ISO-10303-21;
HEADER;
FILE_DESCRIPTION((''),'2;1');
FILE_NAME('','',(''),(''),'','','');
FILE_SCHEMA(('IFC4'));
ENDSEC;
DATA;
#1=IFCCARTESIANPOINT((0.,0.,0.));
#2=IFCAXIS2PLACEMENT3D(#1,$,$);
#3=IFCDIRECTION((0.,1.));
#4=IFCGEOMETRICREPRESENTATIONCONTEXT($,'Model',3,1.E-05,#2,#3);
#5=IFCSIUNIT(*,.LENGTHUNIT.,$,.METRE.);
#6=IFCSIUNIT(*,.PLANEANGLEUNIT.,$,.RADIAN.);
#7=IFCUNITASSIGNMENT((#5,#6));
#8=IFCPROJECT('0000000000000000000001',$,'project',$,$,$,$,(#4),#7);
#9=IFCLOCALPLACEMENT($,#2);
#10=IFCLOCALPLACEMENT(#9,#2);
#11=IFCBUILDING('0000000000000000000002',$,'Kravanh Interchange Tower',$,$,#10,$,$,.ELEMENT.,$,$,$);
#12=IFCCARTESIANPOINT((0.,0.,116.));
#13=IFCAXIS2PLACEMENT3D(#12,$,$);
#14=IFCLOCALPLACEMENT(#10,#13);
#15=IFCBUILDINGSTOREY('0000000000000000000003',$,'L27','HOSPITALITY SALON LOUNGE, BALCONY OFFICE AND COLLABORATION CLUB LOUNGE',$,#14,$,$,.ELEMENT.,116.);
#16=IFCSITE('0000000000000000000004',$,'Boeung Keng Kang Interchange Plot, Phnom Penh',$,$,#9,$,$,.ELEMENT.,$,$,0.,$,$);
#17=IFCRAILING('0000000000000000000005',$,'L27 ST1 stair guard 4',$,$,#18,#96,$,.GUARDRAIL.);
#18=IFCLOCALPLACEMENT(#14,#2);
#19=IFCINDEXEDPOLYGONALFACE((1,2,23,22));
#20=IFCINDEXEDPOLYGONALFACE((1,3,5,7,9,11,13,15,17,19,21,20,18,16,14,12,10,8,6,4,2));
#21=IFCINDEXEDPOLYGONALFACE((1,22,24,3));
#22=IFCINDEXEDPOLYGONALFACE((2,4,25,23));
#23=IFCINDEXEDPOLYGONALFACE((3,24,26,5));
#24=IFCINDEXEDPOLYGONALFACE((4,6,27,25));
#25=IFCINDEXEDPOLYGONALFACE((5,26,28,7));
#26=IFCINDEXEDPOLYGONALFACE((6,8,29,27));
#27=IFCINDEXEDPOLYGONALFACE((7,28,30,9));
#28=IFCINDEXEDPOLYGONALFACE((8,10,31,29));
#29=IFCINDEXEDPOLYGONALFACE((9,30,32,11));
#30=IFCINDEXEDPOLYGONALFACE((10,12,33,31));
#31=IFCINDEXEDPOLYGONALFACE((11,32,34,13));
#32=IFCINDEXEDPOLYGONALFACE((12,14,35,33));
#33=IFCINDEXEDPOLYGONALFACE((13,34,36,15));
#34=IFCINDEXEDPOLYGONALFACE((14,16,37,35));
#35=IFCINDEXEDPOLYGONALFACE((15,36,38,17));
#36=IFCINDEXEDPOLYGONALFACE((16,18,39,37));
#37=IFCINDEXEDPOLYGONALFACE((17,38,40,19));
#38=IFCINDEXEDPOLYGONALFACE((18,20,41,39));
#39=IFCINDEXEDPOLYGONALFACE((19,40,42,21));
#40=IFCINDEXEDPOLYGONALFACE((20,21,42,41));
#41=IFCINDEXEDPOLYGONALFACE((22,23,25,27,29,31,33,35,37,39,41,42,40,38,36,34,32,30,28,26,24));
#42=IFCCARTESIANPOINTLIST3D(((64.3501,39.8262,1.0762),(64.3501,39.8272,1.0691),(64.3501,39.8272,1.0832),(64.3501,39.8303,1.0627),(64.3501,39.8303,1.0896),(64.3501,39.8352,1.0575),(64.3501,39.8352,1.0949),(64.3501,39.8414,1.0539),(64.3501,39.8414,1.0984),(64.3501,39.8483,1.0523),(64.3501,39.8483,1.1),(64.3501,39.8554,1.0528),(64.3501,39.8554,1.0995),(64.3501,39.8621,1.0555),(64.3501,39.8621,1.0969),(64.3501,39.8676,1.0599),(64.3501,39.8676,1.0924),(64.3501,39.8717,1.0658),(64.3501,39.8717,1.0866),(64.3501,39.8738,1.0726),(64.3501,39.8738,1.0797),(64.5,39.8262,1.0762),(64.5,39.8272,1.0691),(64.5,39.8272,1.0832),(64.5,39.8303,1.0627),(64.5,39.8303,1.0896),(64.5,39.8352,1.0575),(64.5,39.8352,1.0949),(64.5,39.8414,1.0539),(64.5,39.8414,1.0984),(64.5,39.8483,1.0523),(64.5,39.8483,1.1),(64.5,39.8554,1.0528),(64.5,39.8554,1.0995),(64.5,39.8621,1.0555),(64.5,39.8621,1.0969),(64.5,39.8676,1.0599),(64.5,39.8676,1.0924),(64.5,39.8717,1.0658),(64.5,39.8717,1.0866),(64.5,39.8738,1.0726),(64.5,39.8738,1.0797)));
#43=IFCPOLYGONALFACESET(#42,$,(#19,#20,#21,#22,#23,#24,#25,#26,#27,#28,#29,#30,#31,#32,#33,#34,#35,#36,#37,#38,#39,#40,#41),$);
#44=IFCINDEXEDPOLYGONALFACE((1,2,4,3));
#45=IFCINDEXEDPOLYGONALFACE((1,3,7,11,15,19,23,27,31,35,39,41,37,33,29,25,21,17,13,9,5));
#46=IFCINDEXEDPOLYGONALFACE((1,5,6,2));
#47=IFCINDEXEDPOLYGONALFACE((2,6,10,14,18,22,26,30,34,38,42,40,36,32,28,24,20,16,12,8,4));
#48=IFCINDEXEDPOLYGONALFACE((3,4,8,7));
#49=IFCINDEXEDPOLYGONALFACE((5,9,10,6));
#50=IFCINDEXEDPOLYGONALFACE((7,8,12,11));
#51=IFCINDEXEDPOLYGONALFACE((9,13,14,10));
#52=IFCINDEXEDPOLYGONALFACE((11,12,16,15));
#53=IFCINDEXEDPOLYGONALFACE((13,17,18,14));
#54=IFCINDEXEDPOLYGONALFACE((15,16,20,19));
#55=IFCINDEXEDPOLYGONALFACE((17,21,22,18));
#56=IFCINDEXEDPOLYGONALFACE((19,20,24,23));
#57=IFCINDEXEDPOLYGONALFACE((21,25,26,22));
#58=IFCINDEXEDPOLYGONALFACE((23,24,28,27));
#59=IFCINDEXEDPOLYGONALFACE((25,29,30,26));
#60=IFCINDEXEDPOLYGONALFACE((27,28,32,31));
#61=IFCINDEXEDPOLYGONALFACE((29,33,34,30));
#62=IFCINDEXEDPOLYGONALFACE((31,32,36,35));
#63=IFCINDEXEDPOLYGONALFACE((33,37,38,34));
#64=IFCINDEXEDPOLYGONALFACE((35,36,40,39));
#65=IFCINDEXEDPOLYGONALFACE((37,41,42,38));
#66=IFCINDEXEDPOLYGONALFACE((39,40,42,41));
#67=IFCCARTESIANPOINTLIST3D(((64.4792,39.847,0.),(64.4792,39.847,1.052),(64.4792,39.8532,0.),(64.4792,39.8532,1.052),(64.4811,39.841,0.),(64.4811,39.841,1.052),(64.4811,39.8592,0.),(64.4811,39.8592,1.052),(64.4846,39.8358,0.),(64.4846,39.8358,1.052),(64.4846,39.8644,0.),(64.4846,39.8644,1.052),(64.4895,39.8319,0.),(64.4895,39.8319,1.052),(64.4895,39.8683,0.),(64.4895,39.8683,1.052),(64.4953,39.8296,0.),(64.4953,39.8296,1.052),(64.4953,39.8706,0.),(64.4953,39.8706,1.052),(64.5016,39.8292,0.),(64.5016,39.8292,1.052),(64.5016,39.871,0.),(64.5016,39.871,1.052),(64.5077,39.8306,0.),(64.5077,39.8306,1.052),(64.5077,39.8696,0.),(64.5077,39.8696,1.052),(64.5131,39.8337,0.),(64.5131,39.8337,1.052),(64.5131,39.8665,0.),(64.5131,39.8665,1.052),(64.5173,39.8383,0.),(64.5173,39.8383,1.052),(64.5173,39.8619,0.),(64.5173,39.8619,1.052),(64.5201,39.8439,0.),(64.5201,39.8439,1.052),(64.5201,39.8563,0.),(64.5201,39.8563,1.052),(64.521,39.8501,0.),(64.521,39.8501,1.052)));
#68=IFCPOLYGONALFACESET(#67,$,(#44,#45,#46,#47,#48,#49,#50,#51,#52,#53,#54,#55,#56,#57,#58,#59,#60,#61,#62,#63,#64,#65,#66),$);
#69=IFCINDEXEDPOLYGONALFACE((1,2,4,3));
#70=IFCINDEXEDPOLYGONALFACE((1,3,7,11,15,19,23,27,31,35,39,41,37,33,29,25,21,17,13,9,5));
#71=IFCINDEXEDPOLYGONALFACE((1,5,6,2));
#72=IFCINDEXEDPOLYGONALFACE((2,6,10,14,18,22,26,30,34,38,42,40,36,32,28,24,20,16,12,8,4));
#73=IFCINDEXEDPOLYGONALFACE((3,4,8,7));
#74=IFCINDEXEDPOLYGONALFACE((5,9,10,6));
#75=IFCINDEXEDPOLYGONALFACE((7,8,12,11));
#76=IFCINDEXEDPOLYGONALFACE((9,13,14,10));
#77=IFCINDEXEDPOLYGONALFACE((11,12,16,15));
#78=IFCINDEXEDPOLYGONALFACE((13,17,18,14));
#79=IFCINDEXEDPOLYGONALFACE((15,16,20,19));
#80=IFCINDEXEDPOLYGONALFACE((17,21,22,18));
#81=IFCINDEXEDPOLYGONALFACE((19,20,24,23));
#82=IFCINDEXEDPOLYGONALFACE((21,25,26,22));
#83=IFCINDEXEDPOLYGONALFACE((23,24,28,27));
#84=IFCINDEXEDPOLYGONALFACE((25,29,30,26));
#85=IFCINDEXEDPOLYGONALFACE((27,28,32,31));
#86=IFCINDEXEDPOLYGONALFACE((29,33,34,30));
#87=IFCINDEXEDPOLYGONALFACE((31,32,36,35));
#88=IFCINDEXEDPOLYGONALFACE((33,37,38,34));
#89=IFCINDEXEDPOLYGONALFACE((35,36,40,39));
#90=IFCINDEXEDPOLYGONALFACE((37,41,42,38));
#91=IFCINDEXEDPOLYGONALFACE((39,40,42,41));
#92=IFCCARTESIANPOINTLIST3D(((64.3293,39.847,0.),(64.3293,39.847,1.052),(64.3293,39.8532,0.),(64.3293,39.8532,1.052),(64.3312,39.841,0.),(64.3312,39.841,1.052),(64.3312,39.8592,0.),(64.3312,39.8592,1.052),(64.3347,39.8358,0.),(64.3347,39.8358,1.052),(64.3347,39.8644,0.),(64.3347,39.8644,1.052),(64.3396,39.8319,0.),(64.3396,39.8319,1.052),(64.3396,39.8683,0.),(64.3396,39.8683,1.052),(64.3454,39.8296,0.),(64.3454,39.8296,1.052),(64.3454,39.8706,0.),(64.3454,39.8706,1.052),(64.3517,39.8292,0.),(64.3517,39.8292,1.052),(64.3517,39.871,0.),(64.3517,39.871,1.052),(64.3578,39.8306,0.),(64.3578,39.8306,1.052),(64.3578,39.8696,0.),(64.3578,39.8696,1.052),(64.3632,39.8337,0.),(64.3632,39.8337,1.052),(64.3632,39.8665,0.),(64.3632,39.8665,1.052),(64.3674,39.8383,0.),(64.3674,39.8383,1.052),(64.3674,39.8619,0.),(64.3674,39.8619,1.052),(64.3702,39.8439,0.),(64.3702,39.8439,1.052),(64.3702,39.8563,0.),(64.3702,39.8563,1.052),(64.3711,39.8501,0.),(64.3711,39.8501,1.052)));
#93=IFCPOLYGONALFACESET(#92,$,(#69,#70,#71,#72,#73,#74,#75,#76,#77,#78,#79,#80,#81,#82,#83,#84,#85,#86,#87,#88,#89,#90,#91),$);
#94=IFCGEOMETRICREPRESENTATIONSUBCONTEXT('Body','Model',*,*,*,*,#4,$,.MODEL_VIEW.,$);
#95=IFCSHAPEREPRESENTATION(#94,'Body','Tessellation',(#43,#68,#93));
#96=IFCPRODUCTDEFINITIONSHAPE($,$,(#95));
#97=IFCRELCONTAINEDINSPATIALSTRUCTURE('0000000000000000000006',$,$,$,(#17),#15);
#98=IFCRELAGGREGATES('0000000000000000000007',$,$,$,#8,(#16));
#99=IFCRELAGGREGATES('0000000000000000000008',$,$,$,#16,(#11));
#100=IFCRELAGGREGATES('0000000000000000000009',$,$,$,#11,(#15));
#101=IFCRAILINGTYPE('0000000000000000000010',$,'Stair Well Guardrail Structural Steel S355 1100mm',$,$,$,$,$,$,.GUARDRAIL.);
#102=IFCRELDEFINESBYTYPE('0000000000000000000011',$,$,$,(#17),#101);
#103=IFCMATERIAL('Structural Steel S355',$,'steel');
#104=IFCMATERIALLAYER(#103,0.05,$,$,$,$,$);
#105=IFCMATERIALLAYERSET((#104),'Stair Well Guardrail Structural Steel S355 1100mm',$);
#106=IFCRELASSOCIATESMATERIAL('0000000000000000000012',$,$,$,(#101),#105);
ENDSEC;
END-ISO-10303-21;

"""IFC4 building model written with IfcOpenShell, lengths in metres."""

from ifc_helpers import new_model, si_unit, direction, frame, origin, origin_2d, place, context, subcontext, project, spatial, circle, extrude, material, layer, layer_set, type_object, element, save


model = new_model("IFC4")

# Units and contexts
model_context = context("Model", 3, precision=1e-05, world=origin(), true_north=direction((0.0, 1.0)))
body_context = subcontext(model_context, "Body", "Model", "MODEL_VIEW")
ifc_project = project(units=[si_unit("LENGTHUNIT", "METRE"), si_unit("PLANEANGLEUNIT", "RADIAN")], contexts=[model_context])

# Site, building, storey
site_placement = place(None, origin())
site = spatial("IfcSite", under=ifc_project, at=site_placement, Name="Boeung Keng Kang Interchange Plot, Phnom Penh", CompositionType="ELEMENT", RefElevation=0.0)
building_placement = place(site_placement, origin())
building = spatial("IfcBuilding", under=site, at=building_placement, Name="Kravanh Interchange Tower", CompositionType="ELEMENT")
storey_placement = place(building_placement, frame((0.0, 0.0, 116.0)))
storey = spatial("IfcBuildingStorey", under=building, at=storey_placement, Name="L27", Description="HOSPITALITY SALON LOUNGE, BALCONY OFFICE AND COLLABORATION CLUB LOUNGE", CompositionType="ELEMENT", Elevation=116.0)

# Railing
ifc_material_1 = material(Name="Structural Steel S355", Category="steel")
ifc_layer_1 = layer(ifc_material_1, 0.05)
ifc_layer_set_1 = layer_set([ifc_layer_1], Name="Stair Well Guardrail Structural Steel S355 1100mm")
railing_type_1 = type_object("IfcRailingType", Name="Stair Well Guardrail Structural Steel S355 1100mm", PredefinedType="GUARDRAIL", material=ifc_layer_set_1)
railing_1_placement = place(storey_placement, frame((64.5, 39.8501, 0.0)))
element("IfcRailing", 1, at=railing_1_placement, inside=storey, type_object=railing_type_1, Name="L27 ST1 stair guard 4", PredefinedType="GUARDRAIL", context=body_context, shape_type="SweptSolid", body=[
    extrude(circle(Radius=0.0239, at=origin_2d()), frame((0.0, 0.0, 1.0762), z_axis=(-1.0, 0.0, 0.0), x_axis=(0.0, -1.0, 0.0)), (0.0, 0.0, 1.0), 0.1499),
    extrude(circle(Radius=0.021, at=origin_2d()), origin(), (0.0, 0.0, 1.0), 1.052),
    extrude(circle(Radius=0.021, at=origin_2d()), frame((-0.1499, 0.0, 0.0)), (0.0, 0.0, 1.0), 1.052),
])

save(model, "model.ifc")
